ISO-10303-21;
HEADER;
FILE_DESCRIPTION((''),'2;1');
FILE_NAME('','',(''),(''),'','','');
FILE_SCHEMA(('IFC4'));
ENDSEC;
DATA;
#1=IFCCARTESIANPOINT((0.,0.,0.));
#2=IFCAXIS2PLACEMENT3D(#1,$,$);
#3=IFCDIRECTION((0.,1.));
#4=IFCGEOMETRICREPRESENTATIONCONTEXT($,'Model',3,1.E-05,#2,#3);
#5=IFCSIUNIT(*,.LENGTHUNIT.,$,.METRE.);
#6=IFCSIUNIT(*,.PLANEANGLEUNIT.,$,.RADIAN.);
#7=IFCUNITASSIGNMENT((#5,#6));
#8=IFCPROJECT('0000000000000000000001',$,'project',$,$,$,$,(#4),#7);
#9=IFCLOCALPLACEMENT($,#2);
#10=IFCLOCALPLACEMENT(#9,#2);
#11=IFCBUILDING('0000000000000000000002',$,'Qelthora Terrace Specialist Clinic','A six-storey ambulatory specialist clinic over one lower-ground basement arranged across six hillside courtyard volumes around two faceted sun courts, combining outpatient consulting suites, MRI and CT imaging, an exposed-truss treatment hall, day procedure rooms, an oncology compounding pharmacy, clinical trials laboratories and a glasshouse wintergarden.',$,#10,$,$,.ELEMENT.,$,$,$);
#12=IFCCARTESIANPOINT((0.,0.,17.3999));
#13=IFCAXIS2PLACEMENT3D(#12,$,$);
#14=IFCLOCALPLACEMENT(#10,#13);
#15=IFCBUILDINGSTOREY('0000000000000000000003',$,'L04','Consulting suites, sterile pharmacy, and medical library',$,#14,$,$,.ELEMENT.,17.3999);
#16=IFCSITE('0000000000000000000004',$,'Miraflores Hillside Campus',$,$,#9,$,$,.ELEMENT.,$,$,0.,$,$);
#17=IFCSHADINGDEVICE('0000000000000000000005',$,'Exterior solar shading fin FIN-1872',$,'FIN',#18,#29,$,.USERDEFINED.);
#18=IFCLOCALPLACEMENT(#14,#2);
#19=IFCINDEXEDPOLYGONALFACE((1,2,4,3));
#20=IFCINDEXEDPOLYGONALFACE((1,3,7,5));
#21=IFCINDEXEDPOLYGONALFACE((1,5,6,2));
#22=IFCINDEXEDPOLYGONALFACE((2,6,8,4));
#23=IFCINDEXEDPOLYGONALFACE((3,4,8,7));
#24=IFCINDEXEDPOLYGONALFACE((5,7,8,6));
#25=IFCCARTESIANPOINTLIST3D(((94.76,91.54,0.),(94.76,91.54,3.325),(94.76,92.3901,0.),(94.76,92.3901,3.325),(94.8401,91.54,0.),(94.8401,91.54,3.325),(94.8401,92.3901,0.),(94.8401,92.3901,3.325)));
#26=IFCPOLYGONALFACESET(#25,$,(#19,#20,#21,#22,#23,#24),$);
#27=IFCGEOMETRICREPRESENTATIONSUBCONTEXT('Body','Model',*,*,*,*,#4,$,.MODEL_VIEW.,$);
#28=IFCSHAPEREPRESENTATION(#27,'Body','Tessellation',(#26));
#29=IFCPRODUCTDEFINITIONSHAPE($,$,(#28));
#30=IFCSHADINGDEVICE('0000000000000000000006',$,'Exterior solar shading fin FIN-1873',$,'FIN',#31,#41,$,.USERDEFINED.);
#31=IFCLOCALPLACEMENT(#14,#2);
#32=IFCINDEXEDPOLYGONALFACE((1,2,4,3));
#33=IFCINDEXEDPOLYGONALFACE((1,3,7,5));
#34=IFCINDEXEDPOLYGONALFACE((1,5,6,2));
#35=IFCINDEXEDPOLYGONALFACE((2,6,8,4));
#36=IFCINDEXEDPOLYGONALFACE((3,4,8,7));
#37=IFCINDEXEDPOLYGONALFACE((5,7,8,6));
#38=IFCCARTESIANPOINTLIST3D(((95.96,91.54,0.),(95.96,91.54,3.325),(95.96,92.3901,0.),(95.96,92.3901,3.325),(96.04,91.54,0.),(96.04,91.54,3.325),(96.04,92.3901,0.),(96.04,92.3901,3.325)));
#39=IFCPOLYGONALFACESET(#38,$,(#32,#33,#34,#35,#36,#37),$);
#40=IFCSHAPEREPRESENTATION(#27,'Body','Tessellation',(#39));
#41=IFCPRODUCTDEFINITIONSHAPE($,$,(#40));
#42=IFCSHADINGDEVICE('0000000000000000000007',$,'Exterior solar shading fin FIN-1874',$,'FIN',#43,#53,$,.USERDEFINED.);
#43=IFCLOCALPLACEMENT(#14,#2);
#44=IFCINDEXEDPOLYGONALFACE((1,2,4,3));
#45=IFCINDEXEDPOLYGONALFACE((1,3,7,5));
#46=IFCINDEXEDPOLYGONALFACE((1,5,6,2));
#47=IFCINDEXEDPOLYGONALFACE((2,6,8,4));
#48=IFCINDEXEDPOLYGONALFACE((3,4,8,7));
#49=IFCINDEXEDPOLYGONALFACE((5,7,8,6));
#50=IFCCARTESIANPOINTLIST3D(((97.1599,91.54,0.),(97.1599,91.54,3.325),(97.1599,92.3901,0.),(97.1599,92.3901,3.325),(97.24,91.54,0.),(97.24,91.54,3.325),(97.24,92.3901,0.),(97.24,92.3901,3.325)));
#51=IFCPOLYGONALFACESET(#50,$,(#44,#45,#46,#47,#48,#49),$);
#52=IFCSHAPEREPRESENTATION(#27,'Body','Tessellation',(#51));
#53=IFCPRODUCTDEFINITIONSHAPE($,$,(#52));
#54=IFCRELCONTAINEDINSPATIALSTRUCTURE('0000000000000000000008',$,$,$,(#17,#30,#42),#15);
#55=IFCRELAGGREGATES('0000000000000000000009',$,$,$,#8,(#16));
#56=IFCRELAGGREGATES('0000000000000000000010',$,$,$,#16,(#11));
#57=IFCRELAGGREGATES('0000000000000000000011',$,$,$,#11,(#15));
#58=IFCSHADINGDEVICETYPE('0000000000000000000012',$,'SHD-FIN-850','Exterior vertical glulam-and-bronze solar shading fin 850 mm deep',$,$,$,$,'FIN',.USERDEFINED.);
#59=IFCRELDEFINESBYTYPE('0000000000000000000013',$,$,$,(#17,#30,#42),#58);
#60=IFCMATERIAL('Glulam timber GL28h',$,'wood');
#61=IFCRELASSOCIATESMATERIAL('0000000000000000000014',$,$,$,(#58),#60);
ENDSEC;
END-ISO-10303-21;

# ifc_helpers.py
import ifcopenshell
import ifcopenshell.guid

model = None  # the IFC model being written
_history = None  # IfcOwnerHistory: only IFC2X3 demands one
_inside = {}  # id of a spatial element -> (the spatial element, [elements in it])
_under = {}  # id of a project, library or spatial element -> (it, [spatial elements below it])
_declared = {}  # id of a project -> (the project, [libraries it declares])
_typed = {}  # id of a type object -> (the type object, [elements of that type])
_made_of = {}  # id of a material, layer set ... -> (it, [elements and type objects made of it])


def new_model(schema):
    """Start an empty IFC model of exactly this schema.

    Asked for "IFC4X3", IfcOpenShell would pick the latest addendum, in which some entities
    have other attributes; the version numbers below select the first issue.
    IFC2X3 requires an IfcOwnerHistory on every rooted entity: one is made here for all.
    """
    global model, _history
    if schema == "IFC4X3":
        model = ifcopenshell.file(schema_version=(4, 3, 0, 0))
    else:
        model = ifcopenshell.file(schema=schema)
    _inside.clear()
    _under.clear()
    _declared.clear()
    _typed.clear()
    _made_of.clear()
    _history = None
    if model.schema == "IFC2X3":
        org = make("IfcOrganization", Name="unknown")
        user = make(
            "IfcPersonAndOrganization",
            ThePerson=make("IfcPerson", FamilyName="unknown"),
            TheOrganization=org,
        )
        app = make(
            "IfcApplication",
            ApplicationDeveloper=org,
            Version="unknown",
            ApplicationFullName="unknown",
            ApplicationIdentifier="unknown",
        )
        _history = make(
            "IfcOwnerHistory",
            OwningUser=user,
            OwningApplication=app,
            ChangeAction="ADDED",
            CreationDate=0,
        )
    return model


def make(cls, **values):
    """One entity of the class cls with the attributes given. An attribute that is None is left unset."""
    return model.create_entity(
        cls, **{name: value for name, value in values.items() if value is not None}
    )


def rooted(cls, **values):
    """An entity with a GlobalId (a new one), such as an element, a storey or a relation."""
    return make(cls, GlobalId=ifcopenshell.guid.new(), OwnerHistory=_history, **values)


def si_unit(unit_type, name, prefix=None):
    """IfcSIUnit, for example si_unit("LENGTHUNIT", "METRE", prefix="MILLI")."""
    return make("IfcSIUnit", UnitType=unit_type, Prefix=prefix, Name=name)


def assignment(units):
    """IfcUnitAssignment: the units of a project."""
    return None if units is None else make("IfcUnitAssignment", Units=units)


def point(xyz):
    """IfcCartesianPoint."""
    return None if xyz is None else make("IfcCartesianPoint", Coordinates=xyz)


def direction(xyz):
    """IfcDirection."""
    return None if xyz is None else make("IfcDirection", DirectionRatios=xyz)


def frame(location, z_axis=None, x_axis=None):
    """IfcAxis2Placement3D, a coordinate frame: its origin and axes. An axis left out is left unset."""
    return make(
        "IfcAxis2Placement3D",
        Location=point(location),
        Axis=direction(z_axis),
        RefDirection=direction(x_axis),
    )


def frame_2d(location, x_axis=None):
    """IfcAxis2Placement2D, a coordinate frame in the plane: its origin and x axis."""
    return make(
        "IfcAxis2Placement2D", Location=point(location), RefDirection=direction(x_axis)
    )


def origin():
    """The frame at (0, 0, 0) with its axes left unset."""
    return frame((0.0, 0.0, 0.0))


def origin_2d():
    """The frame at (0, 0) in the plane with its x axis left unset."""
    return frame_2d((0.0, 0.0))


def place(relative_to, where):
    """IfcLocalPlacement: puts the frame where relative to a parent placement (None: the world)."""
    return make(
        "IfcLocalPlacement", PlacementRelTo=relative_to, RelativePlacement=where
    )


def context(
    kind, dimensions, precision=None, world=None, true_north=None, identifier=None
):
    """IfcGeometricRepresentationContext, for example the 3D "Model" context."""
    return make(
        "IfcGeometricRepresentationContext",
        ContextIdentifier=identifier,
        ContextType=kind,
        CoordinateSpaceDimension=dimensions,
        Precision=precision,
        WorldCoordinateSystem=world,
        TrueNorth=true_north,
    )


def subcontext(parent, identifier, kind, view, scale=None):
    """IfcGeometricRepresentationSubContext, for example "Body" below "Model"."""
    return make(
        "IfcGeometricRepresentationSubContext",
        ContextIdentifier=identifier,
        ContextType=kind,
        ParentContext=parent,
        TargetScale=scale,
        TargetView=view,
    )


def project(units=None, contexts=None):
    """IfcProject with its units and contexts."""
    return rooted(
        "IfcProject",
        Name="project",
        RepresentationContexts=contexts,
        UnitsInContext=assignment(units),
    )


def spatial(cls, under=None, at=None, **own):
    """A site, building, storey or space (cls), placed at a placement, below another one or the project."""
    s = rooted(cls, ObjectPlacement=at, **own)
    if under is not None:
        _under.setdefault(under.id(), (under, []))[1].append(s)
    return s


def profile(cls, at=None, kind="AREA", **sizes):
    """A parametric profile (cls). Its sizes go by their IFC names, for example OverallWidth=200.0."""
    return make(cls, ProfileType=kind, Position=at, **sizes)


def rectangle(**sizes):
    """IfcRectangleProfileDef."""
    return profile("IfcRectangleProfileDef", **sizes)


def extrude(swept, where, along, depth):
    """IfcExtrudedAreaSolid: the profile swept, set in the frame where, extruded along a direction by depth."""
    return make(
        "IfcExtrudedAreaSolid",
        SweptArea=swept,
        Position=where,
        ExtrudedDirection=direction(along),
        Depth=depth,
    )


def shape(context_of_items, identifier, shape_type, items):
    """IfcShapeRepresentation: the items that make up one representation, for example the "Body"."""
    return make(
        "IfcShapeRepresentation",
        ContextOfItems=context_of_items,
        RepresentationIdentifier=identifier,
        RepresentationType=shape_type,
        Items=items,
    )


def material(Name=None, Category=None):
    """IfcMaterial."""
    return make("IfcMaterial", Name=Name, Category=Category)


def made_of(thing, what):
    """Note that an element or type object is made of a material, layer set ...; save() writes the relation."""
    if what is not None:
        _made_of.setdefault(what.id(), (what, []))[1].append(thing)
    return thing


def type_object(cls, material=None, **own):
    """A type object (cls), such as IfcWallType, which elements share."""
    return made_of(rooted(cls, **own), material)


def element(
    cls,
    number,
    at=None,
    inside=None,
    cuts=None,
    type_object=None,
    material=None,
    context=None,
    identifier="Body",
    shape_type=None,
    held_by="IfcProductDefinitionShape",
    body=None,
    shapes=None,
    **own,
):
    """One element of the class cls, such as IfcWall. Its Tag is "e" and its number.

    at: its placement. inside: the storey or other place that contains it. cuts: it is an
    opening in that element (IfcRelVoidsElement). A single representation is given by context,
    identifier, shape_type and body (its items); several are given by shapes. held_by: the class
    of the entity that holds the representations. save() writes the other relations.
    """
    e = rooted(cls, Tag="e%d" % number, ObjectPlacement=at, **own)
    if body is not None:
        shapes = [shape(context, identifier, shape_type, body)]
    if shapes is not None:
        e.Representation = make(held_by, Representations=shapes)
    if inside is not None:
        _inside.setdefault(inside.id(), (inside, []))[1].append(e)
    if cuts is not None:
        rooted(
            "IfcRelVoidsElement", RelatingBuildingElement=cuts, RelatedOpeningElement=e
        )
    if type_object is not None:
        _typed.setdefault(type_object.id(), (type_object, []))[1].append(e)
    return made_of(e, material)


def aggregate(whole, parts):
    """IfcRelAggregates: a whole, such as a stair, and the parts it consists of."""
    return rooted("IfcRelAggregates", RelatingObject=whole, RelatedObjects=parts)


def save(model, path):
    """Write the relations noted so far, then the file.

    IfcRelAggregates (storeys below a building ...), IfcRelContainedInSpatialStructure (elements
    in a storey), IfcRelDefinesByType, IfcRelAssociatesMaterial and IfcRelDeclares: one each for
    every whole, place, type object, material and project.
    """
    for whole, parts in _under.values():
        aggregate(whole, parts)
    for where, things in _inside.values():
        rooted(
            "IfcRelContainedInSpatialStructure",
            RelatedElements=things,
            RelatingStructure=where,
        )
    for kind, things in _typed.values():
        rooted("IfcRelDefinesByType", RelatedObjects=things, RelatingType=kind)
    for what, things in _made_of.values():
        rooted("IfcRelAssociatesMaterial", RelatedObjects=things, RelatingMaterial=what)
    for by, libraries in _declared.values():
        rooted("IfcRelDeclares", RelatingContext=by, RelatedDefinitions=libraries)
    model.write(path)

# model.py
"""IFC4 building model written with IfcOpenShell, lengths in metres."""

from ifc_helpers import new_model, si_unit, direction, frame, origin, origin_2d, place, context, subcontext, project, spatial, rectangle, extrude, material, type_object, element, save


model = new_model("IFC4")

# Units and contexts
model_context = context("Model", 3, precision=1e-05, world=origin(), true_north=direction((0.0, 1.0)))
body_context = subcontext(model_context, "Body", "Model", "MODEL_VIEW")
ifc_project = project(units=[si_unit("LENGTHUNIT", "METRE"), si_unit("PLANEANGLEUNIT", "RADIAN")], contexts=[model_context])

# Site, building, storey
site_placement = place(None, origin())
site = spatial("IfcSite", under=ifc_project, at=site_placement, Name="Miraflores Hillside Campus", CompositionType="ELEMENT", RefElevation=0.0)
building_placement = place(site_placement, origin())
building = spatial("IfcBuilding", under=site, at=building_placement, Name="Qelthora Terrace Specialist Clinic", Description="A six-storey ambulatory specialist clinic over one lower-ground basement arranged across six hillside courtyard volumes around two faceted sun courts, combining outpatient consulting suites, MRI and CT imaging, an exposed-truss treatment hall, day procedure rooms, an oncology compounding pharmacy, clinical trials laboratories and a glasshouse wintergarden.", CompositionType="ELEMENT")
storey_placement = place(building_placement, frame((0.0, 0.0, 17.3999)))
storey = spatial("IfcBuildingStorey", under=building, at=storey_placement, Name="L04", Description="Consulting suites, sterile pharmacy, and medical library", CompositionType="ELEMENT", Elevation=17.3999)

# Shading devices
ifc_material_1 = material(Name="Glulam timber GL28h", Category="wood")
shading_device_type = type_object("IfcShadingDeviceType", Name="SHD-FIN-850", Description="Exterior vertical glulam-and-bronze solar shading fin 850 mm deep", ElementType="FIN", PredefinedType="USERDEFINED", material=ifc_material_1)
for number, where, z_axis, x_axis, name in (
    (1, (94.8, 91.9651, 0.0), (0.0, 0.0, 1.0), (0.0, -1.0, 0.0), "Exterior solar shading fin FIN-1872"),
    (2, (96.0, 91.9651, 0.0), (0.0, 0.0, 1.0), (0.0, -1.0, 0.0), "Exterior solar shading fin FIN-1873"),
    (3, (97.2, 91.9651, 0.0), (0.0, 0.0, 1.0), (0.0, -1.0, 0.0), "Exterior solar shading fin FIN-1874"),
):
    element("IfcShadingDevice", number, at=place(storey_placement, frame(where, z_axis=z_axis, x_axis=x_axis)), inside=storey, type_object=shading_device_type, Name=name, ObjectType="FIN", PredefinedType="USERDEFINED", context=body_context, shape_type="SweptSolid", body=[
        extrude(rectangle(XDim=0.8501, YDim=0.0801, at=origin_2d()), origin(), (0.0, 0.0, 1.0), 3.325),
    ])

save(model, "model.ifc")
